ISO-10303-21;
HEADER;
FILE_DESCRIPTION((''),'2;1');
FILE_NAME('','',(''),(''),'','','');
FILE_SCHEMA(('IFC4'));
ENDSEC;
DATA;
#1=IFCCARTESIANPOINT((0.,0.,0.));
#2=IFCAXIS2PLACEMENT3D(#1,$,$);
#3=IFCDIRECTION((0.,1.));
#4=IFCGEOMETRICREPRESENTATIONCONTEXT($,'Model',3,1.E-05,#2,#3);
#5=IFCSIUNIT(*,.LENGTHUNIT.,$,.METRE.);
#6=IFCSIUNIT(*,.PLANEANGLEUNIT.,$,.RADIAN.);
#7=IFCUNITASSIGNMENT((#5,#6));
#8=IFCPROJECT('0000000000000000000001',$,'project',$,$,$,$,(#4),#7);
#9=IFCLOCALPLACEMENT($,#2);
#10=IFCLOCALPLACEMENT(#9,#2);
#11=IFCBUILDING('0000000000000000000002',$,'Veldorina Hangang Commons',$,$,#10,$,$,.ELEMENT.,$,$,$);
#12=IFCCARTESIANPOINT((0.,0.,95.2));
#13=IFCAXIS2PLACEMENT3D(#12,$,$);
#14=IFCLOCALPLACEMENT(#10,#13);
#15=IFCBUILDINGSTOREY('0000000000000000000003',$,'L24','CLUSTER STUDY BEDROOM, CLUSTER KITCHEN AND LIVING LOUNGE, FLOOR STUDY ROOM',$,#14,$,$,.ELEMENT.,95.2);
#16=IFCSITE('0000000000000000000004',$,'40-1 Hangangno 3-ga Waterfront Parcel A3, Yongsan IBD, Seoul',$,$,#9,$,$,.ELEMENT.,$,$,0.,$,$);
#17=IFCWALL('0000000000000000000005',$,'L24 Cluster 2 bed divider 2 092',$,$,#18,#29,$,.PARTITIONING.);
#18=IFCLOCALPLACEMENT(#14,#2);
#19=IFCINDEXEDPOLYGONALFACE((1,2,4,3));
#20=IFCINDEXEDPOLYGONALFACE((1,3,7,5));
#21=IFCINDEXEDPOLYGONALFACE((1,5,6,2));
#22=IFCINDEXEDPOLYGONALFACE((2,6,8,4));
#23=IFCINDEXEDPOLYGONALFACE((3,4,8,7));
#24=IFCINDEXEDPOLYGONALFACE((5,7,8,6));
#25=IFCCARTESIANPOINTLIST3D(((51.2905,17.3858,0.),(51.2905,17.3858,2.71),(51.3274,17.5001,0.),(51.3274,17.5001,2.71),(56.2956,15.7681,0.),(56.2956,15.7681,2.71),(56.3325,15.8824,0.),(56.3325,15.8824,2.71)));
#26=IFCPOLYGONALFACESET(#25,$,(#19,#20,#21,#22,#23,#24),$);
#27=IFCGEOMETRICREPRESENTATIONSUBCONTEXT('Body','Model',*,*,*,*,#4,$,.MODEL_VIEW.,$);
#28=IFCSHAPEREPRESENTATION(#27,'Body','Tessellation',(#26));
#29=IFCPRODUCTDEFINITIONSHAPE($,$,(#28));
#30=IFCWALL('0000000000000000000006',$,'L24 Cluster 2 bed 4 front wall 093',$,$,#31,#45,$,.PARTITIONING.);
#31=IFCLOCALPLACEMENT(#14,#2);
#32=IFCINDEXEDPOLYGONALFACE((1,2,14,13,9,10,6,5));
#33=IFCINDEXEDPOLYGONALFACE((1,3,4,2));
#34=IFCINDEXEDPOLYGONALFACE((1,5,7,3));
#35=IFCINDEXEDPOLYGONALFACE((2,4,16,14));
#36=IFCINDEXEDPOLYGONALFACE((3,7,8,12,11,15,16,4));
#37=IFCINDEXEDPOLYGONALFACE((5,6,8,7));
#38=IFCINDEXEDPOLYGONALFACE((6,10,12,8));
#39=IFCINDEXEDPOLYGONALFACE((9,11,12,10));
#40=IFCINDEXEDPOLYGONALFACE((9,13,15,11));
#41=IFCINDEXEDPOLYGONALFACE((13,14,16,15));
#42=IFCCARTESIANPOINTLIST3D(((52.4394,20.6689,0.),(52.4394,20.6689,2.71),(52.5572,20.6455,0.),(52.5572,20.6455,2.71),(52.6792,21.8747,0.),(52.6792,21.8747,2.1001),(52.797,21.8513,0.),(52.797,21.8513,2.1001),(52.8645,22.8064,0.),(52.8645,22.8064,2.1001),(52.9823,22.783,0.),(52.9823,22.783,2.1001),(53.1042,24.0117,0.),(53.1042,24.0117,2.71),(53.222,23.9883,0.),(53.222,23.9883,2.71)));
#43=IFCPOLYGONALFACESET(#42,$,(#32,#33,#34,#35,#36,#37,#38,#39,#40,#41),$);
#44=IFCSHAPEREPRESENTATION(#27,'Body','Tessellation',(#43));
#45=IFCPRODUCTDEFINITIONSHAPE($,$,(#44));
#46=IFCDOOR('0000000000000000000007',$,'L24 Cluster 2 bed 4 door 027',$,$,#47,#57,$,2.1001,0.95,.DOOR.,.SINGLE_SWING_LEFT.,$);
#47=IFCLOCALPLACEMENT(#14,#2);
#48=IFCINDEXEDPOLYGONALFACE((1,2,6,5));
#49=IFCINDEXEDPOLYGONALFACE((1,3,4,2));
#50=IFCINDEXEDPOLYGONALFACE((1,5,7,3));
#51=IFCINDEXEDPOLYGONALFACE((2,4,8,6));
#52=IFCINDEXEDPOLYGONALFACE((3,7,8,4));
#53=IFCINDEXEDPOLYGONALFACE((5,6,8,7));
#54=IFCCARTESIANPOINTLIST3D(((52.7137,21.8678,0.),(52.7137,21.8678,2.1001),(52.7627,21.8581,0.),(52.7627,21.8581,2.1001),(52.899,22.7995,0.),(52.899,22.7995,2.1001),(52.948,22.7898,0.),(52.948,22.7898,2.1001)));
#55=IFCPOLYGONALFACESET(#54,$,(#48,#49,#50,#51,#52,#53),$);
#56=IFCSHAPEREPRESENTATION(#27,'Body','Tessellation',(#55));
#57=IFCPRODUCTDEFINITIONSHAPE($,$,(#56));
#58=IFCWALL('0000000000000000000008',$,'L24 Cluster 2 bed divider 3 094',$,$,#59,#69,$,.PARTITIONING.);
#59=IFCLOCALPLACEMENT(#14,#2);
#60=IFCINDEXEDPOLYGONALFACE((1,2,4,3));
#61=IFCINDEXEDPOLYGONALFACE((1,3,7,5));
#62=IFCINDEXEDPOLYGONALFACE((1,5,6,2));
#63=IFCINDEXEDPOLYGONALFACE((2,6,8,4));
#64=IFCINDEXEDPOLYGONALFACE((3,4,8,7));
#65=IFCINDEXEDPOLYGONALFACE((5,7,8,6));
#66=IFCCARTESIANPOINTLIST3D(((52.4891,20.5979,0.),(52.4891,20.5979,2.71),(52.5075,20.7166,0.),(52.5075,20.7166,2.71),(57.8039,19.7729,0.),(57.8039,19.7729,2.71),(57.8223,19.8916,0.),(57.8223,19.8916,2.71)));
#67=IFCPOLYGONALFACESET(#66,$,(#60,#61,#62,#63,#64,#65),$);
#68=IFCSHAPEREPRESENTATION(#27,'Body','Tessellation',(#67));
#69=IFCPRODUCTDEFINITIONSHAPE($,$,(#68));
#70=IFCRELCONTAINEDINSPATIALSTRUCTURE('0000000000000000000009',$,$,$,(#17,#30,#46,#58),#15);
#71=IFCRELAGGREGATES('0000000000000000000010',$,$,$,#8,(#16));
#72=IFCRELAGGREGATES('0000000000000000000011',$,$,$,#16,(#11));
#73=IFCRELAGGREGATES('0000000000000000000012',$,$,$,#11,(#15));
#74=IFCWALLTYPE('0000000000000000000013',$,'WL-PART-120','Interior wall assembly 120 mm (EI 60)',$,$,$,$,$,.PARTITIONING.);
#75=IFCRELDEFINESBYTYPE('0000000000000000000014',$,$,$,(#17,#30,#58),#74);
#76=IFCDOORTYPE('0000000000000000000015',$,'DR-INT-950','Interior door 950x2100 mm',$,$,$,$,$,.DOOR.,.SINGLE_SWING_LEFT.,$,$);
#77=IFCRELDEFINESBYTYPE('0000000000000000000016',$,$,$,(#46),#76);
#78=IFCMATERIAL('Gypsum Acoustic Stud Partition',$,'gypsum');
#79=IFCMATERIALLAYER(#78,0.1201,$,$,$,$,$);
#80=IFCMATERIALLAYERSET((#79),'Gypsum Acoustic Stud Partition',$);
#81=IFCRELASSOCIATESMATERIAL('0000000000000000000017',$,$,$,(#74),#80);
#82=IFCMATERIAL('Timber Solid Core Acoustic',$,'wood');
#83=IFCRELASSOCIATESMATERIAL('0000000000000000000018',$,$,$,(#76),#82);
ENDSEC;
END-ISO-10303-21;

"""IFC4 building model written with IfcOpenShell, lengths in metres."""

from ifc_helpers import new_model, si_unit, direction, frame, frame_2d, origin, place, context, subcontext, project, spatial, rectangle, extrude, material, layer, layer_set, type_object, element, fill, save


model = new_model("IFC4")

# Units and contexts
model_context = context("Model", 3, precision=1e-05, world=origin(), true_north=direction((0.0, 1.0)))
body_context = subcontext(model_context, "Body", "Model", "MODEL_VIEW")
ifc_project = project(units=[si_unit("LENGTHUNIT", "METRE"), si_unit("PLANEANGLEUNIT", "RADIAN")], contexts=[model_context])

# Site, building, storey
site_placement = place(None, origin())
site = spatial("IfcSite", under=ifc_project, at=site_placement, Name="40-1 Hangangno 3-ga Waterfront Parcel A3, Yongsan IBD, Seoul", CompositionType="ELEMENT", RefElevation=0.0)
building_placement = place(site_placement, origin())
building = spatial("IfcBuilding", under=site, at=building_placement, Name="Veldorina Hangang Commons", CompositionType="ELEMENT")
storey_placement = place(building_placement, frame((0.0, 0.0, 95.2)))
storey = spatial("IfcBuildingStorey", under=building, at=storey_placement, Name="L24", Description="CLUSTER STUDY BEDROOM, CLUSTER KITCHEN AND LIVING LOUNGE, FLOOR STUDY ROOM", CompositionType="ELEMENT", Elevation=95.2)

# Shared definitions
ifc_material_1 = material(Name="Gypsum Acoustic Stud Partition", Category="gypsum")
ifc_layer_1 = layer(ifc_material_1, 0.1201)
ifc_layer_set_1 = layer_set([ifc_layer_1], Name="Gypsum Acoustic Stud Partition")
wall_type_1 = type_object("IfcWallType", Name="WL-PART-120", Description="Interior wall assembly 120 mm (EI 60)", PredefinedType="PARTITIONING", material=ifc_layer_set_1)
ifc_material_2 = material(Name="Timber Solid Core Acoustic", Category="wood")
door_type_1 = type_object("IfcDoorType", Name="DR-INT-950", Description="Interior door 950x2100 mm", OperationType="SINGLE_SWING_LEFT", PredefinedType="DOOR", material=ifc_material_2)

# Wall
wall_1_placement = place(storey_placement, frame((51.3091, 17.4429, 0.0), z_axis=(0.0, 0.0, 1.0), x_axis=(0.951535, -0.30754, 0.0)))
element("IfcWall", 1, at=wall_1_placement, inside=storey, type_object=wall_type_1, Name="L24 Cluster 2 bed divider 2 092", PredefinedType="PARTITIONING", context=body_context, shape_type="SweptSolid", body=[
    extrude(rectangle(XDim=5.26, YDim=0.1201, at=frame_2d((2.6299, 0.0))), origin(), (0.0, 0.0, 1.0), 2.71),
])

# Wall, opening, door
wall_2_placement = place(storey_placement, frame((52.4983, 20.6572, 0.0), z_axis=(0.0, 0.0, 1.0), x_axis=(0.195055, 0.980792, 0.0)))
wall_2 = element("IfcWall", 2, at=wall_2_placement, inside=storey, type_object=wall_type_1, Name="L24 Cluster 2 bed 4 front wall 093", PredefinedType="PARTITIONING", context=body_context, shape_type="SweptSolid", body=[
    extrude(rectangle(XDim=3.4082, YDim=0.1201, at=frame_2d((1.7041, 0.0))), origin(), (0.0, 0.0, 1.0), 2.71),
])
opening_1_placement = place(wall_2_placement, frame((1.2292, 0.0, 0.0)))
opening_1 = element("IfcOpeningElement", 3, at=opening_1_placement, cuts=wall_2, PredefinedType="OPENING", context=body_context, shape_type="SweptSolid", body=[
    extrude(rectangle(XDim=0.95, YDim=2.1001, at=frame_2d((0.4751, 1.05))), frame((0.0, 0.0701, 0.0), z_axis=(0.0, -1.0, 0.0), x_axis=(1.0, 0.0, 0.0)), (0.0, 0.0, 1.0), 0.1401),
])
door_1_placement = place(opening_1_placement, origin())
door_1 = element("IfcDoor", 4, at=door_1_placement, inside=storey, type_object=door_type_1, Name="L24 Cluster 2 bed 4 door 027", OperationType="SINGLE_SWING_LEFT", OverallHeight=2.1001, OverallWidth=0.95, PredefinedType="DOOR", context=body_context, shape_type="SweptSolid", body=[
    extrude(rectangle(XDim=0.95, YDim=2.1001, at=frame_2d((0.4751, 1.05))), frame((0.0, 0.0249, 0.0), z_axis=(0.0, -1.0, 0.0), x_axis=(1.0, 0.0, 0.0)), (0.0, 0.0, 1.0), 0.05),
])
fill(opening_1, door_1)

# Wall
wall_3_placement = place(storey_placement, frame((52.4983, 20.6572, 0.0), z_axis=(0.0, 0.0, 1.0), x_axis=(0.988167, -0.153384, 0.0)))
element("IfcWall", 5, at=wall_3_placement, inside=storey, type_object=wall_type_1, Name="L24 Cluster 2 bed divider 3 094", PredefinedType="PARTITIONING", context=body_context, shape_type="SweptSolid", body=[
    extrude(rectangle(XDim=5.3784, YDim=0.1201, at=frame_2d((2.6892, 0.0))), origin(), (0.0, 0.0, 1.0), 2.71),
])

save(model, "model.ifc")
